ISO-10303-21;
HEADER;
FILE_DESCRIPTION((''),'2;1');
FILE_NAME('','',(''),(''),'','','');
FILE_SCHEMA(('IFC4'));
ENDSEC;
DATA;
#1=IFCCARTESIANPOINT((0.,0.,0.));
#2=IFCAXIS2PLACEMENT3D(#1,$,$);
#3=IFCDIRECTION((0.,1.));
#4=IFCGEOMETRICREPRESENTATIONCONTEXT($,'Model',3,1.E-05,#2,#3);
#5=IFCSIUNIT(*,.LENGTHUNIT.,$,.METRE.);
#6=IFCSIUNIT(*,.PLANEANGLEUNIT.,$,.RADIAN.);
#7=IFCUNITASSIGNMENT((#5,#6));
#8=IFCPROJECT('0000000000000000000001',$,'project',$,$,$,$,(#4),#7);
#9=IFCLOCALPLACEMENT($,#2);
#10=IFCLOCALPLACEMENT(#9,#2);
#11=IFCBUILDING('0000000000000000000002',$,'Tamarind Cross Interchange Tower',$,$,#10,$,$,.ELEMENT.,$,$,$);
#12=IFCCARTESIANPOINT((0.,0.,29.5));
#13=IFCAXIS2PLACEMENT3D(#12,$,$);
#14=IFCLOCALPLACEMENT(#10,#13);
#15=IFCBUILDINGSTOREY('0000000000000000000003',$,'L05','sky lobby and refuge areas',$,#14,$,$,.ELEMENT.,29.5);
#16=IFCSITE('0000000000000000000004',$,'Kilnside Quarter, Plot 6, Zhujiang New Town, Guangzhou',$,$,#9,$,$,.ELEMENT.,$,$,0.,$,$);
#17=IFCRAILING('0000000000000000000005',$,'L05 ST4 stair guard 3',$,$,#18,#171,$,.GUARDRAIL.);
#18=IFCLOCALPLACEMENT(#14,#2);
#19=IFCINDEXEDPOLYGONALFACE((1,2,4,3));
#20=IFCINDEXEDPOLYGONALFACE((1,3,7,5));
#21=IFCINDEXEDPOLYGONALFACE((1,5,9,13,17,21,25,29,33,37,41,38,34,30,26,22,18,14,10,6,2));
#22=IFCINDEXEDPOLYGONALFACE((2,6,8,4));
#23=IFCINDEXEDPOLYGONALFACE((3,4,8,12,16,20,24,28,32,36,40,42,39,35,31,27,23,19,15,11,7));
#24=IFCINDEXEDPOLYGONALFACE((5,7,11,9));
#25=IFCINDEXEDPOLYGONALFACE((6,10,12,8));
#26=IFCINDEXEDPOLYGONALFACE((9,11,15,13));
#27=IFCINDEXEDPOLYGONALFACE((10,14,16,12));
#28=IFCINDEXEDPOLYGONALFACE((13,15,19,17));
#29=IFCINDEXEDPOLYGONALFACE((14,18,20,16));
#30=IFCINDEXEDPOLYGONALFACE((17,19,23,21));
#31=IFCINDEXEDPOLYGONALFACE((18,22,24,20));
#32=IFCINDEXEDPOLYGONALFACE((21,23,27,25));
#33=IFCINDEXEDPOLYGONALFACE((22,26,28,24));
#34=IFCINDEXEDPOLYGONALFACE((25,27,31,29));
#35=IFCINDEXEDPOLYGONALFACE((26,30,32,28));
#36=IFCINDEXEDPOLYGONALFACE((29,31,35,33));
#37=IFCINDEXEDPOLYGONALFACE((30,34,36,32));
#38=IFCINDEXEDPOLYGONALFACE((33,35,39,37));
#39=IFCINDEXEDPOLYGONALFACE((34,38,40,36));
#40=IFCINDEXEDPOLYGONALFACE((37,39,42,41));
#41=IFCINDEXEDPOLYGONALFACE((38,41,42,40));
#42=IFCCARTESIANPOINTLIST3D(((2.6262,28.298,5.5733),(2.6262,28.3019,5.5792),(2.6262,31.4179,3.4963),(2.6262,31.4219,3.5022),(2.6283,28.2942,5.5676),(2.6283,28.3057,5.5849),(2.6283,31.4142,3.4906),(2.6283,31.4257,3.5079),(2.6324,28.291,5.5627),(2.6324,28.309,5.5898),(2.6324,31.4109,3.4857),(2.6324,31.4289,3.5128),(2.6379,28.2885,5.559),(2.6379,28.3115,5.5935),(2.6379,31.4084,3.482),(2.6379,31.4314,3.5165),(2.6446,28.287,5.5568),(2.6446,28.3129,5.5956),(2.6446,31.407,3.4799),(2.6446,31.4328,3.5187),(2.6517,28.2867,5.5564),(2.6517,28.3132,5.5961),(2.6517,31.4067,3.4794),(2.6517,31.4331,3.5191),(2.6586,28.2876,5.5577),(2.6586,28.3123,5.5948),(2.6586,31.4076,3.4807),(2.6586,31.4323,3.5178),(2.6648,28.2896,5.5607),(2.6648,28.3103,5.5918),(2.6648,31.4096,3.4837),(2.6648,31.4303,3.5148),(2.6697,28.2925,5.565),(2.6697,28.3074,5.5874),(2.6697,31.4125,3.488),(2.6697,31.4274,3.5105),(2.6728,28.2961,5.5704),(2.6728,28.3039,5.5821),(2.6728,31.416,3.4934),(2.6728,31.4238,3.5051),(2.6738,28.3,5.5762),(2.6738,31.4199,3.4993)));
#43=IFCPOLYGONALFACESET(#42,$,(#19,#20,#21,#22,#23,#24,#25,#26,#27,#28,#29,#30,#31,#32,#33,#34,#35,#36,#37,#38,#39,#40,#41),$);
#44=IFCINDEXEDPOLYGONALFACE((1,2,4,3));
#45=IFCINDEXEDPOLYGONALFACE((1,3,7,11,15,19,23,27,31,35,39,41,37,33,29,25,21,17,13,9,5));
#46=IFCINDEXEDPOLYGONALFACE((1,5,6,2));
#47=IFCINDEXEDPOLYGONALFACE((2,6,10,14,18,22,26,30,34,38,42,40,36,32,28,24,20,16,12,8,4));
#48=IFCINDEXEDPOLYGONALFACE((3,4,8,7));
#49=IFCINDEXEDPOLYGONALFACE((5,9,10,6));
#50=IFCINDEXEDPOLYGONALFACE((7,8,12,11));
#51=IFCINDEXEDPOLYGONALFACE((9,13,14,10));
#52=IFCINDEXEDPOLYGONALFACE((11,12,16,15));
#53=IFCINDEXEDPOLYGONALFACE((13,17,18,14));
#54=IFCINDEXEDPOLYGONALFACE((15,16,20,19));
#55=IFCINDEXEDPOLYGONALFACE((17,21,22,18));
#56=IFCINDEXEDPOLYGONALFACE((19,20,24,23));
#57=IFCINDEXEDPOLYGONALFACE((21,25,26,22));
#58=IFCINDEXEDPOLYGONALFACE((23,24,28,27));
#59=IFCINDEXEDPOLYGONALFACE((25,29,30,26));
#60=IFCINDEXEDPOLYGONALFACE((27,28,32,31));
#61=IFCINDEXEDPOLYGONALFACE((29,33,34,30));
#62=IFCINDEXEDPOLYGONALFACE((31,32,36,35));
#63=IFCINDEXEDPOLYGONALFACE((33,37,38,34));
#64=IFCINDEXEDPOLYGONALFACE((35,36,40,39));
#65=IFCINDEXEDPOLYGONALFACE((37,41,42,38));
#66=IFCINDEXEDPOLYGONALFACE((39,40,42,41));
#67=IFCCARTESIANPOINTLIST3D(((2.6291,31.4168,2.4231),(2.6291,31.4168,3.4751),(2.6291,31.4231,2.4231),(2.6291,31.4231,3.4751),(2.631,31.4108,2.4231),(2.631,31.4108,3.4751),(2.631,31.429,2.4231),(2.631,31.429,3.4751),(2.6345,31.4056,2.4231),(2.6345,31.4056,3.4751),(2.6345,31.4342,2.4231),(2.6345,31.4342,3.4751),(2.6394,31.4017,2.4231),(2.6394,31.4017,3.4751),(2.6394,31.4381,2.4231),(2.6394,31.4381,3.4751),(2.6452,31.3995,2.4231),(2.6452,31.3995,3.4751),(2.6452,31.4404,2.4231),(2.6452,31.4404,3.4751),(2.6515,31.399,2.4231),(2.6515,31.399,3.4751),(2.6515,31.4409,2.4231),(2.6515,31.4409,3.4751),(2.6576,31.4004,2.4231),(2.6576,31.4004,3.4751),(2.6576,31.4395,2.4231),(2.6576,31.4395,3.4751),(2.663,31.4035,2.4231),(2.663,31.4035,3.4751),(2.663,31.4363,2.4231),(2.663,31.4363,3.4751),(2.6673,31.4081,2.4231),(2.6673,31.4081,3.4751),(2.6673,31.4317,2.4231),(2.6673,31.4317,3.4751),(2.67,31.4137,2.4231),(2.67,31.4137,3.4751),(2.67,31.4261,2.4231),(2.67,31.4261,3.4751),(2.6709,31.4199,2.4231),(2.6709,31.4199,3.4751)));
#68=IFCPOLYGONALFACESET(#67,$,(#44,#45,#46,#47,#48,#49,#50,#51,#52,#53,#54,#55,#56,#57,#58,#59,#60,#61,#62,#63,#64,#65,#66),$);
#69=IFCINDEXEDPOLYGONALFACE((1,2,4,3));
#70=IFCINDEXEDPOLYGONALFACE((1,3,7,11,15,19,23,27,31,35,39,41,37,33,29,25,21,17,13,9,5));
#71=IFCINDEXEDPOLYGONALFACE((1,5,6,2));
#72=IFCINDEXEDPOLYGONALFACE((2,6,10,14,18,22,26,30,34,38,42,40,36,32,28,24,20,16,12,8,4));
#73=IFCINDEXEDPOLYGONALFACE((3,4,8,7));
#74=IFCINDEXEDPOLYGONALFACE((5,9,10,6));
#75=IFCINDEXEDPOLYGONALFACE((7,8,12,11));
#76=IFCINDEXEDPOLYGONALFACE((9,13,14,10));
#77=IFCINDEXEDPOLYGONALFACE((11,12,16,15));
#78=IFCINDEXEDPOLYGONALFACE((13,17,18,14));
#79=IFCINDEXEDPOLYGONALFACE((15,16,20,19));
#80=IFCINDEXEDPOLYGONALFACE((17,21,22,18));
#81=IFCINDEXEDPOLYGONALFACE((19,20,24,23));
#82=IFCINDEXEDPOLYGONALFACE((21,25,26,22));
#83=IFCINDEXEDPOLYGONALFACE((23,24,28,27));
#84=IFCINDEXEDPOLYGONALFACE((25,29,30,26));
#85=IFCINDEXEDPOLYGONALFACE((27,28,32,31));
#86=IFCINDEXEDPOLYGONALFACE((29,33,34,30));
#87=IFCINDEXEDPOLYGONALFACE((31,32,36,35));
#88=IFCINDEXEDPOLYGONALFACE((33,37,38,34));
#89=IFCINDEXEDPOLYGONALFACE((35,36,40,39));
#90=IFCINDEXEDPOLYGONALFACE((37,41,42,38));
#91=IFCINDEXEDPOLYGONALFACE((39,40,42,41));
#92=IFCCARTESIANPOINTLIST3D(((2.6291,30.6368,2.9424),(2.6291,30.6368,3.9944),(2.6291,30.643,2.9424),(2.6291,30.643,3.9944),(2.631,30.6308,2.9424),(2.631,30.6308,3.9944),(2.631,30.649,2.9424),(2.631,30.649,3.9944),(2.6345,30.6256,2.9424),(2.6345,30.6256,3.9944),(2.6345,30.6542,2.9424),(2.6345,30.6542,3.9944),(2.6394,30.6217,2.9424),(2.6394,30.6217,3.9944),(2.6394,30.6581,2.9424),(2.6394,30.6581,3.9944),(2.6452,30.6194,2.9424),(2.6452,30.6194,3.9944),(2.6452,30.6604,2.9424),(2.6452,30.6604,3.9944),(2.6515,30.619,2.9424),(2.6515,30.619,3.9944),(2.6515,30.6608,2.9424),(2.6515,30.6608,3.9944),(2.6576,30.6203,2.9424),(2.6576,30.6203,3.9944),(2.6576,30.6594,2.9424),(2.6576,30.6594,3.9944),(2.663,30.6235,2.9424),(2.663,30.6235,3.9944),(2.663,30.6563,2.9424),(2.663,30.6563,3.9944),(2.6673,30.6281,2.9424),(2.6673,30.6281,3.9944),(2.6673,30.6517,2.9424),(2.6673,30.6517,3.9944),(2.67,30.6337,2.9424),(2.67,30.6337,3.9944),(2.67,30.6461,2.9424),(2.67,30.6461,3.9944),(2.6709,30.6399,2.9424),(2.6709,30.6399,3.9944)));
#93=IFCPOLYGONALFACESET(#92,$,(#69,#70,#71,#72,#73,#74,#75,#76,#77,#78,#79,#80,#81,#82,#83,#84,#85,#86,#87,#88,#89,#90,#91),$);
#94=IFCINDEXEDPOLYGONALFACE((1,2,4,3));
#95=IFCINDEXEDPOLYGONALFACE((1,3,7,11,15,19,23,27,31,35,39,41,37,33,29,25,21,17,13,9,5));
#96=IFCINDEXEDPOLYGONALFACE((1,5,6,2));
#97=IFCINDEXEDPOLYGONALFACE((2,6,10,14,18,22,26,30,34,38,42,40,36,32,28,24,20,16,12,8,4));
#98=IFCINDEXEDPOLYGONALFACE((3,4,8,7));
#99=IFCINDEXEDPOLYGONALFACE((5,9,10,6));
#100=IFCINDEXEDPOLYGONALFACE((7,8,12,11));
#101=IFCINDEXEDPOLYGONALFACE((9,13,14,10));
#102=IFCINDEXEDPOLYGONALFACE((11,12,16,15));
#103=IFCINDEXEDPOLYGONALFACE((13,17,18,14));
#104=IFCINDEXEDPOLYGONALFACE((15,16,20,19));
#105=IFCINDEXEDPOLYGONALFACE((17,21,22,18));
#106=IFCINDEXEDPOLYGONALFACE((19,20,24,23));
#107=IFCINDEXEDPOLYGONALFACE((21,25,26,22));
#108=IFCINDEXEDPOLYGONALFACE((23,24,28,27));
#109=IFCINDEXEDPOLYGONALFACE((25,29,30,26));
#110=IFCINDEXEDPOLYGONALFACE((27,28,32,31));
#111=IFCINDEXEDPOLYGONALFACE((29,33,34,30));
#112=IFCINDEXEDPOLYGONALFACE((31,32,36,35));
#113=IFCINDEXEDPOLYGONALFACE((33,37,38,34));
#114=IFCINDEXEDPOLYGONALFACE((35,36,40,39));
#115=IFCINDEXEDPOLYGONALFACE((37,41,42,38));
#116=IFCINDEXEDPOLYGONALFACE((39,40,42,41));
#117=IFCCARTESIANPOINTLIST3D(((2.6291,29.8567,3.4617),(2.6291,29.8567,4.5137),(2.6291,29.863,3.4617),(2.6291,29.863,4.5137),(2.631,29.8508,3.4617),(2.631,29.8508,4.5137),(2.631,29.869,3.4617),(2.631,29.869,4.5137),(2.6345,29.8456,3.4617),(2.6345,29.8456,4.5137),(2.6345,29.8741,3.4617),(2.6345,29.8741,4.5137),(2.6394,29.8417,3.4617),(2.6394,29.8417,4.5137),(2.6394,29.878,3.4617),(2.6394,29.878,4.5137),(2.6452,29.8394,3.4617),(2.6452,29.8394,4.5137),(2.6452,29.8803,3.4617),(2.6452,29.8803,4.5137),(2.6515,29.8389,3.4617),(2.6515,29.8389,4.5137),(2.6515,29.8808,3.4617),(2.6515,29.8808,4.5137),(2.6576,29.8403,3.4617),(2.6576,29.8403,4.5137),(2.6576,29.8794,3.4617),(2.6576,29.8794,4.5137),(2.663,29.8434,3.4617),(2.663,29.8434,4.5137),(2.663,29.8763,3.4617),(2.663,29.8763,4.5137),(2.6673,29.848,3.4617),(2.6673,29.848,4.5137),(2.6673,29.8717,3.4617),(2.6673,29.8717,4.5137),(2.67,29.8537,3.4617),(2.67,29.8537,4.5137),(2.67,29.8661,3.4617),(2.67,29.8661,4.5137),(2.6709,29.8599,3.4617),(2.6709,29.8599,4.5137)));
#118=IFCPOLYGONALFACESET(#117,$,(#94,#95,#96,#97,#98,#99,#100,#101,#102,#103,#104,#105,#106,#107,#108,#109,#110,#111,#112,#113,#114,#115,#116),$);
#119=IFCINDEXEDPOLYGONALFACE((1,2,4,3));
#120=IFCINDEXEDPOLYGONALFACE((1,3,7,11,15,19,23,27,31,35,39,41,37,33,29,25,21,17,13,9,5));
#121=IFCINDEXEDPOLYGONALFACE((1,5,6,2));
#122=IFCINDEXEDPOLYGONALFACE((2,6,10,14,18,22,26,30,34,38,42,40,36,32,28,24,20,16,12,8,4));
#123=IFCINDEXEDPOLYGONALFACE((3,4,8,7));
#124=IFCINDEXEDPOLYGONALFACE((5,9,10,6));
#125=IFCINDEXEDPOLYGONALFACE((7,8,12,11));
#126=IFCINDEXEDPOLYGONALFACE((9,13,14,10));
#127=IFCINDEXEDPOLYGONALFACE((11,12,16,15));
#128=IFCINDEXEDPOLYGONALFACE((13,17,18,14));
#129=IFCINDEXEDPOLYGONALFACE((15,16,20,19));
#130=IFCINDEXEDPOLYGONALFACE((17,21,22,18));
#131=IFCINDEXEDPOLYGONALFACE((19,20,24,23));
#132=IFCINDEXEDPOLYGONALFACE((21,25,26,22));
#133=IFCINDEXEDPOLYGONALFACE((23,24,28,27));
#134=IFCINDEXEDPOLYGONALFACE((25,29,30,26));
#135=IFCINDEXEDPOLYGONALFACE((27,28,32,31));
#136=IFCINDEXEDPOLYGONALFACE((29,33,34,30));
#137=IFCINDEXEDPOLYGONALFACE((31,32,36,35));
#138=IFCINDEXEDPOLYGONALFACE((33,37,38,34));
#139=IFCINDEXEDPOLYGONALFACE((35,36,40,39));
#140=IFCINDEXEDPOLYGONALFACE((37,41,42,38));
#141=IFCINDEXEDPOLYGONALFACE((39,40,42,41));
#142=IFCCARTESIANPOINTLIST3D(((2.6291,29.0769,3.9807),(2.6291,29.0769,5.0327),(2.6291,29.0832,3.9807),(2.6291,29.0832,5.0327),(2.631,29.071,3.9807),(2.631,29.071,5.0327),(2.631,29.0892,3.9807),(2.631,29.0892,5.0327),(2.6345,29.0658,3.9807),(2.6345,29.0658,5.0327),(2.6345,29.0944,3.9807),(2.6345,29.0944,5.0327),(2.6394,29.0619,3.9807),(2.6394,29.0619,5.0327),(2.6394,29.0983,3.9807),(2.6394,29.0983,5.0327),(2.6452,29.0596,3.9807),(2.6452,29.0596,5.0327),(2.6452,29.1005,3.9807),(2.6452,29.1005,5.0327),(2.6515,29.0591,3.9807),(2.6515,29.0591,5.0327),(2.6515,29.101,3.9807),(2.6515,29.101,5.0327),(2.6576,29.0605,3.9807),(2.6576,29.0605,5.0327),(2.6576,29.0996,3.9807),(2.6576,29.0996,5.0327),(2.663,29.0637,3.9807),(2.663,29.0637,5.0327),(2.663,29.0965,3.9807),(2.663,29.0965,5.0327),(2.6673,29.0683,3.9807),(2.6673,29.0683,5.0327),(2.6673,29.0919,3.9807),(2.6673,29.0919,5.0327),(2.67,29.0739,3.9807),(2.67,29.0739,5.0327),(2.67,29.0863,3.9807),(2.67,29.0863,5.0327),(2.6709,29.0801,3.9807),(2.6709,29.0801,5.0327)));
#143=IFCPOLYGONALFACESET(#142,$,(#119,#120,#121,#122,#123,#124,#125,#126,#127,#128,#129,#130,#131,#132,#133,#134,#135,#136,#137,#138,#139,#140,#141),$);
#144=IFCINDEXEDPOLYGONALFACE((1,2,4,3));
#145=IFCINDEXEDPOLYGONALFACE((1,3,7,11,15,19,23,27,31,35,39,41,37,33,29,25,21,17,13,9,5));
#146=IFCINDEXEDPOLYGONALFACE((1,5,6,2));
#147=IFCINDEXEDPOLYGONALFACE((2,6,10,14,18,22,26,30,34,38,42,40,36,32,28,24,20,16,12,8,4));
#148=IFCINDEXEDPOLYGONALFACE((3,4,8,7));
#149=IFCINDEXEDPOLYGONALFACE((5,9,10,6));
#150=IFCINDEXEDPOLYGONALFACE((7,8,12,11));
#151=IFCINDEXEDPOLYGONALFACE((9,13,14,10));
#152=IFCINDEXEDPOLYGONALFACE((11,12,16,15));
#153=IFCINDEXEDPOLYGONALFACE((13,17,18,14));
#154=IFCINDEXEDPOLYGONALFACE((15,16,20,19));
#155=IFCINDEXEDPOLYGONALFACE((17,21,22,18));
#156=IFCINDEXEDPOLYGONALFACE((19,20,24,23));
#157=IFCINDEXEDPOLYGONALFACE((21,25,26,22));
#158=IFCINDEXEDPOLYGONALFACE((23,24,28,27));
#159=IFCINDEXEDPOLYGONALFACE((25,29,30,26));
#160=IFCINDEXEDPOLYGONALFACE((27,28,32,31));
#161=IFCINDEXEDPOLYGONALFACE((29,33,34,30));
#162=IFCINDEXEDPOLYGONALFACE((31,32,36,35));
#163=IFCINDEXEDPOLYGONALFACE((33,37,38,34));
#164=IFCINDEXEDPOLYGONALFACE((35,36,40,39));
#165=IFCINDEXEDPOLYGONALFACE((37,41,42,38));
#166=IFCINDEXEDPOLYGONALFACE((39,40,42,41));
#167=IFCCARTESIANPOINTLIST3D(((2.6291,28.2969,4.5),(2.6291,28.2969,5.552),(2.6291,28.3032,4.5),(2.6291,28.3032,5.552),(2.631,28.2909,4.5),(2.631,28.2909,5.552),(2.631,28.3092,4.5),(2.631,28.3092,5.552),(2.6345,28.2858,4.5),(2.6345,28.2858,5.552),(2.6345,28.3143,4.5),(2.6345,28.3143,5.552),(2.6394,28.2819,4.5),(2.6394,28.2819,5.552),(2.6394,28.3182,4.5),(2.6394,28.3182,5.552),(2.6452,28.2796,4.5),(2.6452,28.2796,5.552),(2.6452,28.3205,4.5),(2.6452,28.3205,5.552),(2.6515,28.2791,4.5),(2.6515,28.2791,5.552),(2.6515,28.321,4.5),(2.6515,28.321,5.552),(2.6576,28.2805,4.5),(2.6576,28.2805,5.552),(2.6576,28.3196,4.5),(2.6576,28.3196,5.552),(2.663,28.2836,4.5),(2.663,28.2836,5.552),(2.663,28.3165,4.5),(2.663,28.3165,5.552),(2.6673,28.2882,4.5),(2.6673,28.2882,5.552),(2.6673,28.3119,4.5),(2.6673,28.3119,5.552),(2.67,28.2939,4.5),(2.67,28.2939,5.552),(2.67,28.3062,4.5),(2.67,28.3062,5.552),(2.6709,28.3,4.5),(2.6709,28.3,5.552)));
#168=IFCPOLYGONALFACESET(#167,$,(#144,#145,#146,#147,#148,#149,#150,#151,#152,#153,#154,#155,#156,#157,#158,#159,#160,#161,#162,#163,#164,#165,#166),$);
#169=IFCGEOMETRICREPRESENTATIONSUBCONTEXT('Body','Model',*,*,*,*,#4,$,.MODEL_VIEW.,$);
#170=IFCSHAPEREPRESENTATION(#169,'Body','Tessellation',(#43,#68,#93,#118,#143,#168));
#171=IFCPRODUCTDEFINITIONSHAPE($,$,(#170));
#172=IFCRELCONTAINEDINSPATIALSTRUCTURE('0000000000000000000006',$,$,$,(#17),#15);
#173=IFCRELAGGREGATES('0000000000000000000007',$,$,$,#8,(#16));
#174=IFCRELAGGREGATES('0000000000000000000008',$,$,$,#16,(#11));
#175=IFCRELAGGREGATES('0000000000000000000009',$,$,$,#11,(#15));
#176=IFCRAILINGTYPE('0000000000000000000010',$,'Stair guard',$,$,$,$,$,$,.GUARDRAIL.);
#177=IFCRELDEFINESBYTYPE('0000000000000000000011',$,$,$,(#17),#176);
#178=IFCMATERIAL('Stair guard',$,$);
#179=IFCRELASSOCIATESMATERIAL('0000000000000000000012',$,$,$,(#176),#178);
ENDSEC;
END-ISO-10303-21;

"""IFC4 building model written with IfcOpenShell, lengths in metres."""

from ifc_helpers import new_model, si_unit, direction, frame, origin, origin_2d, place, context, subcontext, project, spatial, circle, extrude, material, type_object, element, save


model = new_model("IFC4")

# Units and contexts
model_context = context("Model", 3, precision=1e-05, world=origin(), true_north=direction((0.0, 1.0)))
body_context = subcontext(model_context, "Body", "Model", "MODEL_VIEW")
ifc_project = project(units=[si_unit("LENGTHUNIT", "METRE"), si_unit("PLANEANGLEUNIT", "RADIAN")], contexts=[model_context])

# Site, building, storey
site_placement = place(None, origin())
site = spatial("IfcSite", under=ifc_project, at=site_placement, Name="Kilnside Quarter, Plot 6, Zhujiang New Town, Guangzhou", CompositionType="ELEMENT", RefElevation=0.0)
building_placement = place(site_placement, origin())
building = spatial("IfcBuilding", under=site, at=building_placement, Name="Tamarind Cross Interchange Tower", CompositionType="ELEMENT")
storey_placement = place(building_placement, frame((0.0, 0.0, 29.5)))
storey = spatial("IfcBuildingStorey", under=building, at=storey_placement, Name="L05", Description="sky lobby and refuge areas", CompositionType="ELEMENT", Elevation=29.5)

# Railing
ifc_material_1 = material(Name="Stair guard")
railing_type_1 = type_object("IfcRailingType", Name="Stair guard", PredefinedType="GUARDRAIL", material=ifc_material_1)
railing_1_placement = place(storey_placement, frame((2.6499, 31.4199, 2.4231)))
element("IfcRailing", 1, at=railing_1_placement, inside=storey, type_object=railing_type_1, Name="L05 ST4 stair guard 3", PredefinedType="GUARDRAIL", context=body_context, shape_type="SweptSolid", body=[
    extrude(circle(Radius=0.0239, at=origin_2d()), frame((0.0, 0.0, 1.0762), z_axis=(0.0, -0.832421, 0.554144), x_axis=(1.0, 0.0, 0.0)), (0.0, 0.0, 1.0), 3.748),
    extrude(circle(Radius=0.021, at=origin_2d()), origin(), (0.0, 0.0, 1.0), 1.052),
    extrude(circle(Radius=0.021, at=origin_2d()), frame((0.0, -0.78, 0.5193)), (0.0, 0.0, 1.0), 1.052),
    extrude(circle(Radius=0.021, at=origin_2d()), frame((0.0, -1.5601, 1.0386)), (0.0, 0.0, 1.0), 1.052),
    extrude(circle(Radius=0.021, at=origin_2d()), frame((0.0, -2.3398, 1.5576)), (0.0, 0.0, 1.0), 1.052),
    extrude(circle(Radius=0.021, at=origin_2d()), frame((0.0, -3.1199, 2.0769)), (0.0, 0.0, 1.0), 1.052),
])

save(model, "model.ifc")
